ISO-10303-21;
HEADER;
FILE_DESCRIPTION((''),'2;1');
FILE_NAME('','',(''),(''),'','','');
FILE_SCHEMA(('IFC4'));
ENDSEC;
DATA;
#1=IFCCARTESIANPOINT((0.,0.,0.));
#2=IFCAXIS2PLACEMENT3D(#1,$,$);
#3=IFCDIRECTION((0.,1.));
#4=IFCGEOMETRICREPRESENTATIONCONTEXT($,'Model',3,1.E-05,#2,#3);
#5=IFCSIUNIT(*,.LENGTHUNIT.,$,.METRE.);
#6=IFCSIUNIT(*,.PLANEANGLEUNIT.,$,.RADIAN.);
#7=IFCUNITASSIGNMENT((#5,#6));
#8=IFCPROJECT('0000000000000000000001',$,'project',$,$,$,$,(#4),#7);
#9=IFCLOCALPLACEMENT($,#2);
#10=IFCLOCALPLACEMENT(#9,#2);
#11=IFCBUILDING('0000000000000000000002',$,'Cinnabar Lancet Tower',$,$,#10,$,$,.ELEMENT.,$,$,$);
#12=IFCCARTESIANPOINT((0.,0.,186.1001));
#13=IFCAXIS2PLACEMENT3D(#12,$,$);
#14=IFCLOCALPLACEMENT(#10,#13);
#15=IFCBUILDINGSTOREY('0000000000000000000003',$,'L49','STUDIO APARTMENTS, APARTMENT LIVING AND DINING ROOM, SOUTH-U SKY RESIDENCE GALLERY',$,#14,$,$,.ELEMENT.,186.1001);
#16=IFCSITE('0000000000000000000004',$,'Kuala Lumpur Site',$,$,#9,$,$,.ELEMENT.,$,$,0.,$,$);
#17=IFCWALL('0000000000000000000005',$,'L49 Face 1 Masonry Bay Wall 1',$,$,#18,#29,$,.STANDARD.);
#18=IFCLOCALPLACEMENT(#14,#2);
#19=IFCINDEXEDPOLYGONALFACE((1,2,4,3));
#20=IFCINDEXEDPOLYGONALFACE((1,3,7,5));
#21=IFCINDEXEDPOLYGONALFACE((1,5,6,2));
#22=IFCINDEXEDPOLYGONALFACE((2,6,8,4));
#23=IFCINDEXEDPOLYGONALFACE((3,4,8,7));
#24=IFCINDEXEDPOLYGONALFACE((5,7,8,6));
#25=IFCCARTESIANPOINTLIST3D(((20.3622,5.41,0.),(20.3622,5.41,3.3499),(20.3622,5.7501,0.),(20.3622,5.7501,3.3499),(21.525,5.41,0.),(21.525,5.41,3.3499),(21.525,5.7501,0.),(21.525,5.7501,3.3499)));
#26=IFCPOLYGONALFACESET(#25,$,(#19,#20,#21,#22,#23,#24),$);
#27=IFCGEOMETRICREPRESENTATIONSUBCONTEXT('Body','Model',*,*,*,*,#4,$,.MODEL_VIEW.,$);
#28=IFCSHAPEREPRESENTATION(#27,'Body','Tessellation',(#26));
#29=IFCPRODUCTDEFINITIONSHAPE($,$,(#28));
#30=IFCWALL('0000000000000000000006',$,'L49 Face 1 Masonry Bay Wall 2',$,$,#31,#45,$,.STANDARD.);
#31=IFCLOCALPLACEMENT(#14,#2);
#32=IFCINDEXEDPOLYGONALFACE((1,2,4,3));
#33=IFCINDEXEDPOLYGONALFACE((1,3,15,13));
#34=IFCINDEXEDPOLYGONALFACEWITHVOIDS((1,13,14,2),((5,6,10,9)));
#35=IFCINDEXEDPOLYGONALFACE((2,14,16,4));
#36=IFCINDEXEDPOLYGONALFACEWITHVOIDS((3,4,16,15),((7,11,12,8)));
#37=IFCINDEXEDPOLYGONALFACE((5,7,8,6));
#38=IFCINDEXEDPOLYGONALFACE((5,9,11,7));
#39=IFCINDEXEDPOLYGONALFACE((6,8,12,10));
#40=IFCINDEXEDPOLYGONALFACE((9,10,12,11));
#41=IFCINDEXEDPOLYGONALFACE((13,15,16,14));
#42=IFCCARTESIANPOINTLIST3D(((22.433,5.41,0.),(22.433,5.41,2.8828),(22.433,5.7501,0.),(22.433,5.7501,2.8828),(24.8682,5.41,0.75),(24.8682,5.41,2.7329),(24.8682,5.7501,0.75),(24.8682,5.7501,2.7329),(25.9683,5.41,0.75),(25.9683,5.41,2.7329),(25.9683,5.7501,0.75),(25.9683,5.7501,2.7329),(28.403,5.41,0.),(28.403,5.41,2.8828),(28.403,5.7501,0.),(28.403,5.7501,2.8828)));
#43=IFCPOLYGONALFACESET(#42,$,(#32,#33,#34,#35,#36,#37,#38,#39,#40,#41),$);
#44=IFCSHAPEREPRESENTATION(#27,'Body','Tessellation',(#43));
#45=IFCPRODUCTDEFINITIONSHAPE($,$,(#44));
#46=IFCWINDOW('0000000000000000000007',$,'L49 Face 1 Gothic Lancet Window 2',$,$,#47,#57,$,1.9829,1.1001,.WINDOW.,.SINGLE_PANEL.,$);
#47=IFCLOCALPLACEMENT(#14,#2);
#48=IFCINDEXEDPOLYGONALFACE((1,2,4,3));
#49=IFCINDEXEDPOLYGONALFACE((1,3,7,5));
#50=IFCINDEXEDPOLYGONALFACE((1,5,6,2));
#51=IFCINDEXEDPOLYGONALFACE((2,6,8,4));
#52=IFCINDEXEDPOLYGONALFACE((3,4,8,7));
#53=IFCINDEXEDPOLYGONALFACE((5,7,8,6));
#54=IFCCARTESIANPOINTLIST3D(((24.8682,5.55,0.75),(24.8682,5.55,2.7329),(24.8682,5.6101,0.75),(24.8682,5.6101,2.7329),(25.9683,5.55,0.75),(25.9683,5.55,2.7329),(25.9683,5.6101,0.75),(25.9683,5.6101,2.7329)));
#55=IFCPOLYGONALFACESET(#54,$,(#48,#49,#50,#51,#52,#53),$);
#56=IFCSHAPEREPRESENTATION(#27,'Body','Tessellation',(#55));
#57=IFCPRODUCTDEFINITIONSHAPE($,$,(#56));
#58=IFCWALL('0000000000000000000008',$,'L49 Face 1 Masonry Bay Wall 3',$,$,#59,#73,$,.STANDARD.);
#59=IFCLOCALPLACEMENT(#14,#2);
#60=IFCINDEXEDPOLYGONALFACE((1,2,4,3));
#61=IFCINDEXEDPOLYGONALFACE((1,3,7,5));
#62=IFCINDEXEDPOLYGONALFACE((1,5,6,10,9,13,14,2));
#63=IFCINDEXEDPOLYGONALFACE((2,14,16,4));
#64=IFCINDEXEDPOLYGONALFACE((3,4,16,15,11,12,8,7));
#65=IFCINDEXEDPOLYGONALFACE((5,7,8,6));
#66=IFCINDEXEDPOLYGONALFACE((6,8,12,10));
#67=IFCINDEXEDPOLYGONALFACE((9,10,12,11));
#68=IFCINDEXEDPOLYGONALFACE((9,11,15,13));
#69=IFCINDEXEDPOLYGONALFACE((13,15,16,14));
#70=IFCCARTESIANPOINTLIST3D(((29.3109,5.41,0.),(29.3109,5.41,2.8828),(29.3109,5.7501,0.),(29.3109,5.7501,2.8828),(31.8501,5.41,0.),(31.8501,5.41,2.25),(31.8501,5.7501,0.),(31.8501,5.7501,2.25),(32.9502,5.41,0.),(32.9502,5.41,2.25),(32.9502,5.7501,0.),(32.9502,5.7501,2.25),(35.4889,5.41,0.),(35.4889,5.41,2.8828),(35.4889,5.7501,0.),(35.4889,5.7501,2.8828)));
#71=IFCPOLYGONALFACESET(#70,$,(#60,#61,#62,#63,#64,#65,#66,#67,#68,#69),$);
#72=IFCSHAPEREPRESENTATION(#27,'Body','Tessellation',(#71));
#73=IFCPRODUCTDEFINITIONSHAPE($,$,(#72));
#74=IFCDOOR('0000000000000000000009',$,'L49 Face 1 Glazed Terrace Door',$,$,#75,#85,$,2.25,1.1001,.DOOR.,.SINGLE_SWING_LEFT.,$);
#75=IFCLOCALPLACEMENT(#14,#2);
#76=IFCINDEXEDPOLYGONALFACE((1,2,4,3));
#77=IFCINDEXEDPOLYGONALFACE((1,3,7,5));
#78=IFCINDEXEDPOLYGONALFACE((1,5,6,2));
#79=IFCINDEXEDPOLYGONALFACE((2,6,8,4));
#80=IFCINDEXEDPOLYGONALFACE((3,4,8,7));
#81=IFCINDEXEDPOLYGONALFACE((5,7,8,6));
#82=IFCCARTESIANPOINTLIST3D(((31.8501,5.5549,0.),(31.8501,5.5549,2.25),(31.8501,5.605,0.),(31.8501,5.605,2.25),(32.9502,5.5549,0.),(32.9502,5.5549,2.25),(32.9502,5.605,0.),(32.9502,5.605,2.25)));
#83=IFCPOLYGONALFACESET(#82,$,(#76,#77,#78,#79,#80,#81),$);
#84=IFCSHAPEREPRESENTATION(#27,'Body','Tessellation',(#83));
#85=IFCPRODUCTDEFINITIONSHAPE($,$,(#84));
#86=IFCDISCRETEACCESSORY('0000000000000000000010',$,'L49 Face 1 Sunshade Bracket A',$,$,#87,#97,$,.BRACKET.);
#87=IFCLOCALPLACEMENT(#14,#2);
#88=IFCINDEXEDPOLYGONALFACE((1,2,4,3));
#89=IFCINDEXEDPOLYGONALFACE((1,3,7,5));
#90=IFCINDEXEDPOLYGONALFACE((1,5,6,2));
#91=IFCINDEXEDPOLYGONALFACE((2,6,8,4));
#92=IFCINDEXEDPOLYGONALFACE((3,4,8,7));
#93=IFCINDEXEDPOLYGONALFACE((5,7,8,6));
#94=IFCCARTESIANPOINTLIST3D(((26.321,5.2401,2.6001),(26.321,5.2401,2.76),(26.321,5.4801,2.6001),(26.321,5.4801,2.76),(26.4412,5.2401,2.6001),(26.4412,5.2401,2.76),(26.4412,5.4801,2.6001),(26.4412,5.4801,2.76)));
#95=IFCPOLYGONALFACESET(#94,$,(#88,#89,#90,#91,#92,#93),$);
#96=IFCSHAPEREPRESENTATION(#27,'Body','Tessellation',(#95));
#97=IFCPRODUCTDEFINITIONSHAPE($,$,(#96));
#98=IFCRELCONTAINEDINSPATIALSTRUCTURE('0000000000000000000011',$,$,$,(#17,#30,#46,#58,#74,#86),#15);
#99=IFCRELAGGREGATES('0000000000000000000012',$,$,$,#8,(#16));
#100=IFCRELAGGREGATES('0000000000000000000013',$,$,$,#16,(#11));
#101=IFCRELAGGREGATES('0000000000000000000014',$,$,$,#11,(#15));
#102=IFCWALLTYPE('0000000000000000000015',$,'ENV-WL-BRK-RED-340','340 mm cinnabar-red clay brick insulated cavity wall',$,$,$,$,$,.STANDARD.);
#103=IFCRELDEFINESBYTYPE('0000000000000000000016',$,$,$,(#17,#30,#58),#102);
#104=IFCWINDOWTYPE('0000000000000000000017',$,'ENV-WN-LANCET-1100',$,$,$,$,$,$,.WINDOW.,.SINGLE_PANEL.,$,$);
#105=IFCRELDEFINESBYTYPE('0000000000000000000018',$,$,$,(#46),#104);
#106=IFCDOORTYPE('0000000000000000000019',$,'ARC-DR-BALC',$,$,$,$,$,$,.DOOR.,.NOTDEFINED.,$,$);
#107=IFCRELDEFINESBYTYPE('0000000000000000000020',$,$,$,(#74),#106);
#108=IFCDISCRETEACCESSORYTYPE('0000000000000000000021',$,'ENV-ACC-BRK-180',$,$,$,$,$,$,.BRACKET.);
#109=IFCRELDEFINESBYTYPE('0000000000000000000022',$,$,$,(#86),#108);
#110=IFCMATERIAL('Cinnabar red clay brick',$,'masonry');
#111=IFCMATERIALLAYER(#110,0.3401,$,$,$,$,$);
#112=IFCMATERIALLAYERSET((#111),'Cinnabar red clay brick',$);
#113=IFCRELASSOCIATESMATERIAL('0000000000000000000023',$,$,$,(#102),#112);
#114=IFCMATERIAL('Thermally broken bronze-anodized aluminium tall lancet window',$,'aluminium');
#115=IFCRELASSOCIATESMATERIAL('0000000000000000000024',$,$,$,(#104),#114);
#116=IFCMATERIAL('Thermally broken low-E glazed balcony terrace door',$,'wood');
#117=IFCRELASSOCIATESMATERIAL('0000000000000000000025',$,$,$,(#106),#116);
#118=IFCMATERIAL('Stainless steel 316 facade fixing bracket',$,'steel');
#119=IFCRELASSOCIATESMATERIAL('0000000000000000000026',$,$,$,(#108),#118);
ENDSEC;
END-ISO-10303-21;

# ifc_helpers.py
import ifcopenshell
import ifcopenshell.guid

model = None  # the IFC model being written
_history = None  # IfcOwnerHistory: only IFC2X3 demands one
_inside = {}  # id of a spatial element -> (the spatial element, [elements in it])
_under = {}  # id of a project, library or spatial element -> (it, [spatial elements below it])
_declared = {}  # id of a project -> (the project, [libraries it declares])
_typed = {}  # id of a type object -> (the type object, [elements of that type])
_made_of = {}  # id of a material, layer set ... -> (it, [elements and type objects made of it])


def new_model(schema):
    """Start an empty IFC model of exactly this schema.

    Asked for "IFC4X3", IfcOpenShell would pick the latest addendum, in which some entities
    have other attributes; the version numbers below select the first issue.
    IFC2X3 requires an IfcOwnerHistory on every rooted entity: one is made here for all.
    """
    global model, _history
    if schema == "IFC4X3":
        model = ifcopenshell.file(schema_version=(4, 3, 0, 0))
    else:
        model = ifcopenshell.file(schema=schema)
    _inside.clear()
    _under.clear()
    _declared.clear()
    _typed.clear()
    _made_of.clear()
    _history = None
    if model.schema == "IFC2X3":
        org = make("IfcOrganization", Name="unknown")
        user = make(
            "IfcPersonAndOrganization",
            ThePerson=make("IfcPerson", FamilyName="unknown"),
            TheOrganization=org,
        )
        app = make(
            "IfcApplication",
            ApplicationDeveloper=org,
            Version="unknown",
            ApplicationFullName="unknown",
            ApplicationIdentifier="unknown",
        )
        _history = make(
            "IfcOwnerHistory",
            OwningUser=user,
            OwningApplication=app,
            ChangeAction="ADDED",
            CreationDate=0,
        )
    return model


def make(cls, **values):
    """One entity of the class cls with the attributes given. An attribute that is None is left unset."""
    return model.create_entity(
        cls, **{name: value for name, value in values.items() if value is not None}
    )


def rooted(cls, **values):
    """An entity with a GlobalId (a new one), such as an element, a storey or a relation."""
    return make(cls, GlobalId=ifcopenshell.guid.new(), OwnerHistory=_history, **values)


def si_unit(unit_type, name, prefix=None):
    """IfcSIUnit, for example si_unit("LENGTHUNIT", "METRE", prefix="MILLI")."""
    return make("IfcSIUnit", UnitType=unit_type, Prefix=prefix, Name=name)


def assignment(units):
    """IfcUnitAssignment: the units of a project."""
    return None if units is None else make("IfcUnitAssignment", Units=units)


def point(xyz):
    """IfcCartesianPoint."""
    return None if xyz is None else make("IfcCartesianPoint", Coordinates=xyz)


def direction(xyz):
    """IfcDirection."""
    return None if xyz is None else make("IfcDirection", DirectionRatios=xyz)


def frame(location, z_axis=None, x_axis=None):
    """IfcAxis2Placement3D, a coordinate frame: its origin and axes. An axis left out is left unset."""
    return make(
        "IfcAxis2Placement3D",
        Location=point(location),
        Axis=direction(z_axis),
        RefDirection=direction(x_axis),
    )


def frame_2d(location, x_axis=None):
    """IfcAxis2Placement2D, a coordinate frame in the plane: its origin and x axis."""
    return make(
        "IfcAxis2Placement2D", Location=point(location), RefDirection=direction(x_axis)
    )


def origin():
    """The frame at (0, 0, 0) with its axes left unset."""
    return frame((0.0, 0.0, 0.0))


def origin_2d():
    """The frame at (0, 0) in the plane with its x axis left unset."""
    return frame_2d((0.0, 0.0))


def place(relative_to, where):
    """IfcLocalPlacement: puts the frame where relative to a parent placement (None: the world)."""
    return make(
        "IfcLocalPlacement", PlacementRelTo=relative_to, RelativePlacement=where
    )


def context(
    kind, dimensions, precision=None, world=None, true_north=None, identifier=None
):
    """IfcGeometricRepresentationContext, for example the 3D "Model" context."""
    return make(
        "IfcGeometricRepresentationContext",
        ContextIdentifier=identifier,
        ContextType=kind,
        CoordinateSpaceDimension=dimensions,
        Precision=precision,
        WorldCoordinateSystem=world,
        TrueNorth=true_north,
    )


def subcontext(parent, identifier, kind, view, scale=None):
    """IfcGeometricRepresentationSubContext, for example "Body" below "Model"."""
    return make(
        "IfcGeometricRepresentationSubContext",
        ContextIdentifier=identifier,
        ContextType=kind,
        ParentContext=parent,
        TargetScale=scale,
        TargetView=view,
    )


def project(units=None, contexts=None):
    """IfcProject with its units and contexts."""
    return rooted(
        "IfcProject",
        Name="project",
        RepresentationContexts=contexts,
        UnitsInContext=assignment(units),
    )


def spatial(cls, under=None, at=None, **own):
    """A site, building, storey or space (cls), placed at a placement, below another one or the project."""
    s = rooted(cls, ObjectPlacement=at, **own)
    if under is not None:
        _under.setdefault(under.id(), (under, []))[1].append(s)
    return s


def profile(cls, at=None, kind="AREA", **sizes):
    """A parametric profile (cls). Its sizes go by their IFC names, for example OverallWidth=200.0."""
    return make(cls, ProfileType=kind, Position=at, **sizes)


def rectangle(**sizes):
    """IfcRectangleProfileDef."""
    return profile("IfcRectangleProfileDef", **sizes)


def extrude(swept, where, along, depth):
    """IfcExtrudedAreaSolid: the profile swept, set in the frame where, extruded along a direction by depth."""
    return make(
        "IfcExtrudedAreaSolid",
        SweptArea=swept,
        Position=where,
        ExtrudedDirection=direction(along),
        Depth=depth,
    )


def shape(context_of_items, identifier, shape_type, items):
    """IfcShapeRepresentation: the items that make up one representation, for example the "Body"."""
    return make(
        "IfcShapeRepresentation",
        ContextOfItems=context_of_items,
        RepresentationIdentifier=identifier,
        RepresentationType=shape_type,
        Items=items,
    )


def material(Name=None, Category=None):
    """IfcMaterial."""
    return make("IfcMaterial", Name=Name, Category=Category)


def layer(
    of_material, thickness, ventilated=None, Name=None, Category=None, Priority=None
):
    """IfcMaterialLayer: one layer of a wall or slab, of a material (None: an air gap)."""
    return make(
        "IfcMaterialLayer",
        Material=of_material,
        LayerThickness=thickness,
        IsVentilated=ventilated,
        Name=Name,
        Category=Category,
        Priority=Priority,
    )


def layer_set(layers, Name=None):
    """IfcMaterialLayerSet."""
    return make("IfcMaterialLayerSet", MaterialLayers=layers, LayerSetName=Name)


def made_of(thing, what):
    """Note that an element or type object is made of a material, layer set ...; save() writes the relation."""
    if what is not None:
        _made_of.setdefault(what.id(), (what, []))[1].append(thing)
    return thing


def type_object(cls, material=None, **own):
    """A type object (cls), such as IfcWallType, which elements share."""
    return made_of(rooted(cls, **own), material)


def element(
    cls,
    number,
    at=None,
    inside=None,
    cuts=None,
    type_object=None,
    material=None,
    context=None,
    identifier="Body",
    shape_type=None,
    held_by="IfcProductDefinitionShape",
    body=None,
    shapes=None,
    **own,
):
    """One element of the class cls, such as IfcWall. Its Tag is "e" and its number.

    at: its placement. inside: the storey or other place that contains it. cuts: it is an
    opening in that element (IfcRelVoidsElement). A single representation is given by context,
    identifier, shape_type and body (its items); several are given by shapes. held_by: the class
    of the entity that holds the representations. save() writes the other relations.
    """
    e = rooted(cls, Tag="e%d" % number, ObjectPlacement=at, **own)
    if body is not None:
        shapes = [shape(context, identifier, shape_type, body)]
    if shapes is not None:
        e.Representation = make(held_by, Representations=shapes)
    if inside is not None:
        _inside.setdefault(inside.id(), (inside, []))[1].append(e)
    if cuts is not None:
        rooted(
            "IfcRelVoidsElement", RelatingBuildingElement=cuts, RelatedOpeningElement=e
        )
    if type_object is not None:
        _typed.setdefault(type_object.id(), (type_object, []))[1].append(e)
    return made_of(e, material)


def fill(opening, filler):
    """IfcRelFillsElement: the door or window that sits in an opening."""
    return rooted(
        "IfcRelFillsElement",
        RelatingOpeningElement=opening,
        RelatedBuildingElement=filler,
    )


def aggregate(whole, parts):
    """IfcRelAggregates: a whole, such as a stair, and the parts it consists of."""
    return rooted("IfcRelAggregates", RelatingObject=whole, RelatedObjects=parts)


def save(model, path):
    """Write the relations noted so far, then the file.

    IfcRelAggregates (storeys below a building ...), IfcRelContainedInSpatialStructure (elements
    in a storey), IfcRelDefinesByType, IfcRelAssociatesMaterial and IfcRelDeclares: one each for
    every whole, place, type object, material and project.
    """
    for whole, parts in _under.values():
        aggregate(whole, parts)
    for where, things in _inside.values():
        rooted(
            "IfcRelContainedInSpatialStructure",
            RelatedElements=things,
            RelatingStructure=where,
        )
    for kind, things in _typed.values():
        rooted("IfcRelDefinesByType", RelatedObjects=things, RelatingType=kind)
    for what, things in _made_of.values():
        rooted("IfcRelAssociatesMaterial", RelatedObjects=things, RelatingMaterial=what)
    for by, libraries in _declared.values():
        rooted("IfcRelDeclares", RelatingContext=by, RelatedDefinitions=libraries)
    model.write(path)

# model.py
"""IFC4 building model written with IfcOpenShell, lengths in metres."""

from ifc_helpers import new_model, si_unit, direction, frame, frame_2d, origin, origin_2d, place, context, subcontext, project, spatial, rectangle, extrude, material, layer, layer_set, type_object, element, fill, save


model = new_model("IFC4")

# Units and contexts
model_context = context("Model", 3, precision=1e-05, world=origin(), true_north=direction((0.0, 1.0)))
body_context = subcontext(model_context, "Body", "Model", "MODEL_VIEW")
ifc_project = project(units=[si_unit("LENGTHUNIT", "METRE"), si_unit("PLANEANGLEUNIT", "RADIAN")], contexts=[model_context])

# Site, building, storey
site_placement = place(None, origin())
site = spatial("IfcSite", under=ifc_project, at=site_placement, Name="Kuala Lumpur Site", CompositionType="ELEMENT", RefElevation=0.0)
building_placement = place(site_placement, origin())
building = spatial("IfcBuilding", under=site, at=building_placement, Name="Cinnabar Lancet Tower", CompositionType="ELEMENT")
storey_placement = place(building_placement, frame((0.0, 0.0, 186.1001)))
storey = spatial("IfcBuildingStorey", under=building, at=storey_placement, Name="L49", Description="STUDIO APARTMENTS, APARTMENT LIVING AND DINING ROOM, SOUTH-U SKY RESIDENCE GALLERY", CompositionType="ELEMENT", Elevation=186.1001)

# Wall
ifc_material_1 = material(Name="Cinnabar red clay brick", Category="masonry")
ifc_layer_1 = layer(ifc_material_1, 0.3401)
ifc_layer_set_1 = layer_set([ifc_layer_1], Name="Cinnabar red clay brick")
wall_type_1 = type_object("IfcWallType", Name="ENV-WL-BRK-RED-340", Description="340 mm cinnabar-red clay brick insulated cavity wall", PredefinedType="STANDARD", material=ifc_layer_set_1)
wall_1_placement = place(storey_placement, frame((20.3621, 5.5801, 0.0), z_axis=(0.0, 0.0, 1.0), x_axis=(1.0, 0.0, 0.0)))
element("IfcWall", 1, at=wall_1_placement, inside=storey, type_object=wall_type_1, Name="L49 Face 1 Masonry Bay Wall 1", PredefinedType="STANDARD", context=body_context, shape_type="SweptSolid", body=[
    extrude(rectangle(XDim=1.1628, YDim=0.3401, at=frame_2d((0.5815, 0.0))), origin(), (0.0, 0.0, 1.0), 3.3499),
])

# Wall, opening, window
wall_2_placement = place(storey_placement, frame((22.4331, 5.5801, 0.0), z_axis=(0.0, 0.0, 1.0), x_axis=(1.0, 0.0, 0.0)))
wall_2 = element("IfcWall", 2, at=wall_2_placement, inside=storey, type_object=wall_type_1, Name="L49 Face 1 Masonry Bay Wall 2", PredefinedType="STANDARD", context=body_context, shape_type="SweptSolid", body=[
    extrude(rectangle(XDim=5.97, YDim=0.3401, at=frame_2d((2.9849, 0.0))), origin(), (0.0, 0.0, 1.0), 2.8828),
])
opening_1_placement = place(wall_2_placement, frame((2.4351, 0.0, 0.75)))
opening_1 = element("IfcOpeningElement", 3, at=opening_1_placement, cuts=wall_2, PredefinedType="OPENING", context=body_context, shape_type="SweptSolid", body=[
    extrude(rectangle(XDim=1.1001, YDim=1.9829, at=frame_2d((0.55, 0.9915))), frame((0.0, 0.1799, 0.0), z_axis=(0.0, -1.0, 0.0), x_axis=(1.0, 0.0, 0.0)), (0.0, 0.0, 1.0), 0.3601),
])
ifc_material_2 = material(Name="Thermally broken bronze-anodized aluminium tall lancet window", Category="aluminium")
window_type = type_object("IfcWindowType", Name="ENV-WN-LANCET-1100", PartitioningType="SINGLE_PANEL", PredefinedType="WINDOW", material=ifc_material_2)
window_placement = place(opening_1_placement, origin())
window = element("IfcWindow", 4, at=window_placement, inside=storey, type_object=window_type, Name="L49 Face 1 Gothic Lancet Window 2", OverallHeight=1.9829, OverallWidth=1.1001, PartitioningType="SINGLE_PANEL", PredefinedType="WINDOW", context=body_context, shape_type="SweptSolid", body=[
    extrude(rectangle(XDim=1.1001, YDim=1.9829, at=frame_2d((0.55, 0.9915))), frame((0.0, 0.03, 0.0), z_axis=(0.0, -1.0, 0.0), x_axis=(1.0, 0.0, 0.0)), (0.0, 0.0, 1.0), 0.0601),
])
fill(opening_1, window)

# Wall, opening, door
wall_3_placement = place(storey_placement, frame((29.311, 5.5801, 0.0), z_axis=(0.0, 0.0, 1.0), x_axis=(1.0, 0.0, 0.0)))
wall_3 = element("IfcWall", 5, at=wall_3_placement, inside=storey, type_object=wall_type_1, Name="L49 Face 1 Masonry Bay Wall 3", PredefinedType="STANDARD", context=body_context, shape_type="SweptSolid", body=[
    extrude(rectangle(XDim=6.178, YDim=0.3401, at=frame_2d((3.0889, 0.0))), origin(), (0.0, 0.0, 1.0), 2.8828),
])
opening_2_placement = place(wall_3_placement, frame((2.5391, 0.0, 0.0)))
opening_2 = element("IfcOpeningElement", 6, at=opening_2_placement, cuts=wall_3, PredefinedType="OPENING", context=body_context, shape_type="SweptSolid", body=[
    extrude(rectangle(XDim=1.1001, YDim=2.25, at=frame_2d((0.55, 1.125))), frame((0.0, 0.1799, 0.0), z_axis=(0.0, -1.0, 0.0), x_axis=(1.0, 0.0, 0.0)), (0.0, 0.0, 1.0), 0.3601),
])
ifc_material_3 = material(Name="Thermally broken low-E glazed balcony terrace door", Category="wood")
door_type_1 = type_object("IfcDoorType", Name="ARC-DR-BALC", OperationType="NOTDEFINED", PredefinedType="DOOR", material=ifc_material_3)
door_1_placement = place(opening_2_placement, origin())
door_1 = element("IfcDoor", 7, at=door_1_placement, inside=storey, type_object=door_type_1, Name="L49 Face 1 Glazed Terrace Door", OperationType="SINGLE_SWING_LEFT", OverallHeight=2.25, OverallWidth=1.1001, PredefinedType="DOOR", context=body_context, shape_type="SweptSolid", body=[
    extrude(rectangle(XDim=1.1001, YDim=2.25, at=frame_2d((0.55, 1.125))), frame((0.0, 0.0249, 0.0), z_axis=(0.0, -1.0, 0.0), x_axis=(1.0, 0.0, 0.0)), (0.0, 0.0, 1.0), 0.05),
])
fill(opening_2, door_1)

# Discrete accessory
ifc_material_4 = material(Name="Stainless steel 316 facade fixing bracket", Category="steel")
discrete_accessory_type = type_object("IfcDiscreteAccessoryType", Name="ENV-ACC-BRK-180", PredefinedType="BRACKET", material=ifc_material_4)
discrete_accessory_placement = place(storey_placement, frame((26.3811, 5.3601, 2.6001), z_axis=(0.0, 0.0, 1.0), x_axis=(1.0, 0.0, 0.0)))
element("IfcDiscreteAccessory", 8, at=discrete_accessory_placement, inside=storey, type_object=discrete_accessory_type, Name="L49 Face 1 Sunshade Bracket A", PredefinedType="BRACKET", context=body_context, shape_type="SweptSolid", body=[
    extrude(rectangle(XDim=0.1201, YDim=0.24, at=origin_2d()), origin(), (0.0, 0.0, 1.0), 0.1599),
])

save(model, "model.ifc")
